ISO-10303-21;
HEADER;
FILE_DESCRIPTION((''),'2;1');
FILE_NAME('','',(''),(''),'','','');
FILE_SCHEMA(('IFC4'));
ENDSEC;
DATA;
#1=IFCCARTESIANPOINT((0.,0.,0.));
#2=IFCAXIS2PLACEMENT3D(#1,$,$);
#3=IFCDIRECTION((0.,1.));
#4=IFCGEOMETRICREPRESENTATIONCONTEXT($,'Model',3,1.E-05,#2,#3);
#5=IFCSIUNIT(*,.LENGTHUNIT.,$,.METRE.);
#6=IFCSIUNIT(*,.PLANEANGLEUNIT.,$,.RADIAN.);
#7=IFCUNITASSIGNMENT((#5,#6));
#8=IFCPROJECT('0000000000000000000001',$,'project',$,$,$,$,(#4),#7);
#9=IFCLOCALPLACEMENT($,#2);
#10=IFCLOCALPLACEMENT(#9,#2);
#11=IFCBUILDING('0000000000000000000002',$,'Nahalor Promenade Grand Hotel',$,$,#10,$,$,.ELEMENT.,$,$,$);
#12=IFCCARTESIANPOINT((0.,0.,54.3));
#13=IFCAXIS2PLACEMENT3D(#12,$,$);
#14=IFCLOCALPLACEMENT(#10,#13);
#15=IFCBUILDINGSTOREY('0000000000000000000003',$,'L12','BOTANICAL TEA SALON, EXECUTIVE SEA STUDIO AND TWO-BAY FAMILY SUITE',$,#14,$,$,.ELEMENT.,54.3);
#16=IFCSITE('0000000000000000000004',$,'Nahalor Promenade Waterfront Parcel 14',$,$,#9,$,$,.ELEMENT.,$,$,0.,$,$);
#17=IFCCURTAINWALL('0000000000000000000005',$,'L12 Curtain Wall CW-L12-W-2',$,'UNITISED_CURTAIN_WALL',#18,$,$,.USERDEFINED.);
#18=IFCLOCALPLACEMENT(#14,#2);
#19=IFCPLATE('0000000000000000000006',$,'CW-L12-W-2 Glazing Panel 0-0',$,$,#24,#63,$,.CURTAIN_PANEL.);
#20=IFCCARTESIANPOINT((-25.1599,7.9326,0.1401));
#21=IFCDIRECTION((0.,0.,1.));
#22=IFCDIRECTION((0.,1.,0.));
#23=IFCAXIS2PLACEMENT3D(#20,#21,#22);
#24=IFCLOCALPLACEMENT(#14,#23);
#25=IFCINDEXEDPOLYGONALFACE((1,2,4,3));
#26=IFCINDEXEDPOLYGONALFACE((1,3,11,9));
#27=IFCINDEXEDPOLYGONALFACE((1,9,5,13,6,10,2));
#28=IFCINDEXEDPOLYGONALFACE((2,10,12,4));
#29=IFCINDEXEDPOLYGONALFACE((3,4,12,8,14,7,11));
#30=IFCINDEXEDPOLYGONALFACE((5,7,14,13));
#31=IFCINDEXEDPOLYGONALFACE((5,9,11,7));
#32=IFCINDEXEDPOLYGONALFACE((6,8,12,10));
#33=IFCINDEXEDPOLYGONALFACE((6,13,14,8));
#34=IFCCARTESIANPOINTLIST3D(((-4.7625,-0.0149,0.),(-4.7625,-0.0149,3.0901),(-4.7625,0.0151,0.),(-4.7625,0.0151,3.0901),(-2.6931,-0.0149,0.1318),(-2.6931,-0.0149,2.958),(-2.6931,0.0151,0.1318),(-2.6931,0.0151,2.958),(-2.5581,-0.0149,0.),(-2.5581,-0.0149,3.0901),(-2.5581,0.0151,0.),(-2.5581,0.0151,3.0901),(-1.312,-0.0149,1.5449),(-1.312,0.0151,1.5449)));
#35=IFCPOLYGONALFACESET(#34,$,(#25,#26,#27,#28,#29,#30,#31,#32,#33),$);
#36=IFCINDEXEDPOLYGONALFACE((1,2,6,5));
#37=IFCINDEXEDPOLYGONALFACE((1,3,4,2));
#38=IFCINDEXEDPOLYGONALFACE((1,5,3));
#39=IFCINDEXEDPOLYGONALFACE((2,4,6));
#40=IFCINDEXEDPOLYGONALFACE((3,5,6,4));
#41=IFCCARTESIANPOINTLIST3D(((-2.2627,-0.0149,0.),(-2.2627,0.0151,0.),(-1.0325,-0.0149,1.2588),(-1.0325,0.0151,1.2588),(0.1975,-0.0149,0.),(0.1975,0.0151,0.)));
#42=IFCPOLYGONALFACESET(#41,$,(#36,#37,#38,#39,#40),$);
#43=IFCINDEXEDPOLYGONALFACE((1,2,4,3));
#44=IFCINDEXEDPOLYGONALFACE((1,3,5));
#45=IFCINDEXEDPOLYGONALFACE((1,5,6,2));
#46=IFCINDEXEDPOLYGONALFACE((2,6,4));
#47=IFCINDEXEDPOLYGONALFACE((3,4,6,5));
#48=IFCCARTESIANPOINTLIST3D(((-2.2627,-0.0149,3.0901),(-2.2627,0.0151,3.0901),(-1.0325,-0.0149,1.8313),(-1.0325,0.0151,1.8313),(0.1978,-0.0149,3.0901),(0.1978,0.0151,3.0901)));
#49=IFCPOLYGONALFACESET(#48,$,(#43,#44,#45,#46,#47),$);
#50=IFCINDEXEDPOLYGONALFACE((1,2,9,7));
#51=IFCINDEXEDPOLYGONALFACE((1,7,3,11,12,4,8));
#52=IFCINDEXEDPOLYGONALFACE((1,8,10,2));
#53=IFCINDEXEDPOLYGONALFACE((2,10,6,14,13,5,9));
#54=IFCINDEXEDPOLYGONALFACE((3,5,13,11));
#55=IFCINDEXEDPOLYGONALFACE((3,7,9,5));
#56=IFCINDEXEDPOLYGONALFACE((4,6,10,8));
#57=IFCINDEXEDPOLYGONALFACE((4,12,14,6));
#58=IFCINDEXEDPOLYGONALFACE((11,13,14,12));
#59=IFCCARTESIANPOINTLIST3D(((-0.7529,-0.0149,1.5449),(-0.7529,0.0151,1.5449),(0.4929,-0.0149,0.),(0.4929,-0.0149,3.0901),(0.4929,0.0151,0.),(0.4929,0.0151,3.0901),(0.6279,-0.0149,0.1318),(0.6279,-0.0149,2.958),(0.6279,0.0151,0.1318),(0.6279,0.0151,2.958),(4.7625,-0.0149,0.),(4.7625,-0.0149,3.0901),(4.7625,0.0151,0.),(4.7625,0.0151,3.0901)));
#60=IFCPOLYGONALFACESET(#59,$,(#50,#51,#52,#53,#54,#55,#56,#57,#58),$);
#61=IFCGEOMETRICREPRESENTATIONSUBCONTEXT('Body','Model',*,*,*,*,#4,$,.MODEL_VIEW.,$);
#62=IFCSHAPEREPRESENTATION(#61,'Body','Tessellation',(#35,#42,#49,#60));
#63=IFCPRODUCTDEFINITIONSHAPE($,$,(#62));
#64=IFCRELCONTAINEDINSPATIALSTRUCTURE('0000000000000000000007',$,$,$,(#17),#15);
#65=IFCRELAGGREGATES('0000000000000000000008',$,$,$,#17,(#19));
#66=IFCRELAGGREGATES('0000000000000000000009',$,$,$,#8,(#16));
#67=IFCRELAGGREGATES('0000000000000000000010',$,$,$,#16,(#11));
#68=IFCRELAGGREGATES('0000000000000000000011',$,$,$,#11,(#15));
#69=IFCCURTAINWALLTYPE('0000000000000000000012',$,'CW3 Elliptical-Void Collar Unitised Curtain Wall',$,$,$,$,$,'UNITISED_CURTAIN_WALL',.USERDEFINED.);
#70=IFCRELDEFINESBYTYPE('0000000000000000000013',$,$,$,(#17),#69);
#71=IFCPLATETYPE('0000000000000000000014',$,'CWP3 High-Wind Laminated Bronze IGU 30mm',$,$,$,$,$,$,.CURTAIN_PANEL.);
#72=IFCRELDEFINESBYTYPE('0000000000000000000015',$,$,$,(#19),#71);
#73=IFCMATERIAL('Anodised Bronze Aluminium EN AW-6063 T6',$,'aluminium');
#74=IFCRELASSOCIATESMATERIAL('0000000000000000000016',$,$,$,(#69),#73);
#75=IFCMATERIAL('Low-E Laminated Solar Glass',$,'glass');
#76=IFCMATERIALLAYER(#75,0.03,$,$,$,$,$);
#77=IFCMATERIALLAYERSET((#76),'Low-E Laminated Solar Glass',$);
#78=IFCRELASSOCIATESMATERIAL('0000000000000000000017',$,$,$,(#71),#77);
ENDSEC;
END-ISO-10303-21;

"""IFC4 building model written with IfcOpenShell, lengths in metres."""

from ifc_helpers import new_model, si_unit, direction, frame, origin, place, context, subcontext, project, spatial, polyline, outline, extrude, material, layer, layer_set, type_object, element, aggregate, save


model = new_model("IFC4")

# Units and contexts
model_context = context("Model", 3, precision=1e-05, world=origin(), true_north=direction((0.0, 1.0)))
body_context = subcontext(model_context, "Body", "Model", "MODEL_VIEW")
ifc_project = project(units=[si_unit("LENGTHUNIT", "METRE"), si_unit("PLANEANGLEUNIT", "RADIAN")], contexts=[model_context])

# Site, building, storey
site_placement = place(None, origin())
site = spatial("IfcSite", under=ifc_project, at=site_placement, Name="Nahalor Promenade Waterfront Parcel 14", CompositionType="ELEMENT", RefElevation=0.0)
building_placement = place(site_placement, origin())
building = spatial("IfcBuilding", under=site, at=building_placement, Name="Nahalor Promenade Grand Hotel", CompositionType="ELEMENT")
storey_placement = place(building_placement, frame((0.0, 0.0, 54.3)))
storey = spatial("IfcBuildingStorey", under=building, at=storey_placement, Name="L12", Description="BOTANICAL TEA SALON, EXECUTIVE SEA STUDIO AND TWO-BAY FAMILY SUITE", CompositionType="ELEMENT", Elevation=54.3)

# Shared definitions
ifc_material_1 = material(Name="Anodised Bronze Aluminium EN AW-6063 T6", Category="aluminium")
curtain_wall_type = type_object("IfcCurtainWallType", Name="CW3 Elliptical-Void Collar Unitised Curtain Wall", ElementType="UNITISED_CURTAIN_WALL", PredefinedType="USERDEFINED", material=ifc_material_1)

# Curtain wall
curtain_wall_1_placement = place(storey_placement, origin())
curtain_wall_1 = element("IfcCurtainWall", 1, at=curtain_wall_1_placement, inside=storey, type_object=curtain_wall_type, Name="L12 Curtain Wall CW-L12-W-2", ObjectType="UNITISED_CURTAIN_WALL", PredefinedType="USERDEFINED")

# Plate
ifc_material_2 = material(Name="Low-E Laminated Solar Glass", Category="glass")
ifc_layer_1 = layer(ifc_material_2, 0.03)
ifc_layer_set_1 = layer_set([ifc_layer_1], Name="Low-E Laminated Solar Glass")
plate_type_1 = type_object("IfcPlateType", Name="CWP3 High-Wind Laminated Bronze IGU 30mm", PredefinedType="CURTAIN_PANEL", material=ifc_layer_set_1)
plate_1_placement = place(storey_placement, frame((-25.1599, 7.9326, 0.1401), z_axis=(0.0, 0.0, 1.0), x_axis=(0.0, 1.0, 0.0)))
plate_1 = element("IfcPlate", 2, at=plate_1_placement, type_object=plate_type_1, Name="CW-L12-W-2 Glazing Panel 0-0", PredefinedType="CURTAIN_PANEL", context=body_context, shape_type="SweptSolid", body=[
    extrude(outline(polyline([(-4.7625, 3.0901), (-4.7625, 0.0), (-2.5581, 0.0), (-2.6931, 0.1318), (-1.312, 1.5449), (-2.6931, 2.958), (-2.5581, 3.0901), (-4.7625, 3.0901)])), frame((0.0, 0.0151, 0.0), z_axis=(0.0, -1.0, 0.0), x_axis=(1.0, 0.0, 0.0)), (0.0, 0.0, 1.0), 0.03),
    extrude(outline(polyline([(-1.0325, 1.2588), (-2.2627, 0.0), (0.1975, 0.0), (-1.0325, 1.2588)])), frame((0.0, 0.0151, 0.0), z_axis=(0.0, -1.0, 0.0), x_axis=(1.0, 0.0, 0.0)), (0.0, 0.0, 1.0), 0.03),
    extrude(outline(polyline([(-1.0325, 1.8313), (0.1978, 3.0901), (-2.2627, 3.0901), (-1.0325, 1.8313)])), frame((0.0, 0.0151, 0.0), z_axis=(0.0, -1.0, 0.0), x_axis=(1.0, 0.0, 0.0)), (0.0, 0.0, 1.0), 0.03),
    extrude(outline(polyline([(4.7625, 0.0), (4.7625, 3.0901), (0.4929, 3.0901), (0.6279, 2.958), (-0.7529, 1.5449), (0.6279, 0.1318), (0.4929, 0.0), (4.7625, 0.0)])), frame((0.0, 0.0151, 0.0), z_axis=(0.0, -1.0, 0.0), x_axis=(1.0, 0.0, 0.0)), (0.0, 0.0, 1.0), 0.03),
])
aggregate(curtain_wall_1, [plate_1])

save(model, "model.ifc")
